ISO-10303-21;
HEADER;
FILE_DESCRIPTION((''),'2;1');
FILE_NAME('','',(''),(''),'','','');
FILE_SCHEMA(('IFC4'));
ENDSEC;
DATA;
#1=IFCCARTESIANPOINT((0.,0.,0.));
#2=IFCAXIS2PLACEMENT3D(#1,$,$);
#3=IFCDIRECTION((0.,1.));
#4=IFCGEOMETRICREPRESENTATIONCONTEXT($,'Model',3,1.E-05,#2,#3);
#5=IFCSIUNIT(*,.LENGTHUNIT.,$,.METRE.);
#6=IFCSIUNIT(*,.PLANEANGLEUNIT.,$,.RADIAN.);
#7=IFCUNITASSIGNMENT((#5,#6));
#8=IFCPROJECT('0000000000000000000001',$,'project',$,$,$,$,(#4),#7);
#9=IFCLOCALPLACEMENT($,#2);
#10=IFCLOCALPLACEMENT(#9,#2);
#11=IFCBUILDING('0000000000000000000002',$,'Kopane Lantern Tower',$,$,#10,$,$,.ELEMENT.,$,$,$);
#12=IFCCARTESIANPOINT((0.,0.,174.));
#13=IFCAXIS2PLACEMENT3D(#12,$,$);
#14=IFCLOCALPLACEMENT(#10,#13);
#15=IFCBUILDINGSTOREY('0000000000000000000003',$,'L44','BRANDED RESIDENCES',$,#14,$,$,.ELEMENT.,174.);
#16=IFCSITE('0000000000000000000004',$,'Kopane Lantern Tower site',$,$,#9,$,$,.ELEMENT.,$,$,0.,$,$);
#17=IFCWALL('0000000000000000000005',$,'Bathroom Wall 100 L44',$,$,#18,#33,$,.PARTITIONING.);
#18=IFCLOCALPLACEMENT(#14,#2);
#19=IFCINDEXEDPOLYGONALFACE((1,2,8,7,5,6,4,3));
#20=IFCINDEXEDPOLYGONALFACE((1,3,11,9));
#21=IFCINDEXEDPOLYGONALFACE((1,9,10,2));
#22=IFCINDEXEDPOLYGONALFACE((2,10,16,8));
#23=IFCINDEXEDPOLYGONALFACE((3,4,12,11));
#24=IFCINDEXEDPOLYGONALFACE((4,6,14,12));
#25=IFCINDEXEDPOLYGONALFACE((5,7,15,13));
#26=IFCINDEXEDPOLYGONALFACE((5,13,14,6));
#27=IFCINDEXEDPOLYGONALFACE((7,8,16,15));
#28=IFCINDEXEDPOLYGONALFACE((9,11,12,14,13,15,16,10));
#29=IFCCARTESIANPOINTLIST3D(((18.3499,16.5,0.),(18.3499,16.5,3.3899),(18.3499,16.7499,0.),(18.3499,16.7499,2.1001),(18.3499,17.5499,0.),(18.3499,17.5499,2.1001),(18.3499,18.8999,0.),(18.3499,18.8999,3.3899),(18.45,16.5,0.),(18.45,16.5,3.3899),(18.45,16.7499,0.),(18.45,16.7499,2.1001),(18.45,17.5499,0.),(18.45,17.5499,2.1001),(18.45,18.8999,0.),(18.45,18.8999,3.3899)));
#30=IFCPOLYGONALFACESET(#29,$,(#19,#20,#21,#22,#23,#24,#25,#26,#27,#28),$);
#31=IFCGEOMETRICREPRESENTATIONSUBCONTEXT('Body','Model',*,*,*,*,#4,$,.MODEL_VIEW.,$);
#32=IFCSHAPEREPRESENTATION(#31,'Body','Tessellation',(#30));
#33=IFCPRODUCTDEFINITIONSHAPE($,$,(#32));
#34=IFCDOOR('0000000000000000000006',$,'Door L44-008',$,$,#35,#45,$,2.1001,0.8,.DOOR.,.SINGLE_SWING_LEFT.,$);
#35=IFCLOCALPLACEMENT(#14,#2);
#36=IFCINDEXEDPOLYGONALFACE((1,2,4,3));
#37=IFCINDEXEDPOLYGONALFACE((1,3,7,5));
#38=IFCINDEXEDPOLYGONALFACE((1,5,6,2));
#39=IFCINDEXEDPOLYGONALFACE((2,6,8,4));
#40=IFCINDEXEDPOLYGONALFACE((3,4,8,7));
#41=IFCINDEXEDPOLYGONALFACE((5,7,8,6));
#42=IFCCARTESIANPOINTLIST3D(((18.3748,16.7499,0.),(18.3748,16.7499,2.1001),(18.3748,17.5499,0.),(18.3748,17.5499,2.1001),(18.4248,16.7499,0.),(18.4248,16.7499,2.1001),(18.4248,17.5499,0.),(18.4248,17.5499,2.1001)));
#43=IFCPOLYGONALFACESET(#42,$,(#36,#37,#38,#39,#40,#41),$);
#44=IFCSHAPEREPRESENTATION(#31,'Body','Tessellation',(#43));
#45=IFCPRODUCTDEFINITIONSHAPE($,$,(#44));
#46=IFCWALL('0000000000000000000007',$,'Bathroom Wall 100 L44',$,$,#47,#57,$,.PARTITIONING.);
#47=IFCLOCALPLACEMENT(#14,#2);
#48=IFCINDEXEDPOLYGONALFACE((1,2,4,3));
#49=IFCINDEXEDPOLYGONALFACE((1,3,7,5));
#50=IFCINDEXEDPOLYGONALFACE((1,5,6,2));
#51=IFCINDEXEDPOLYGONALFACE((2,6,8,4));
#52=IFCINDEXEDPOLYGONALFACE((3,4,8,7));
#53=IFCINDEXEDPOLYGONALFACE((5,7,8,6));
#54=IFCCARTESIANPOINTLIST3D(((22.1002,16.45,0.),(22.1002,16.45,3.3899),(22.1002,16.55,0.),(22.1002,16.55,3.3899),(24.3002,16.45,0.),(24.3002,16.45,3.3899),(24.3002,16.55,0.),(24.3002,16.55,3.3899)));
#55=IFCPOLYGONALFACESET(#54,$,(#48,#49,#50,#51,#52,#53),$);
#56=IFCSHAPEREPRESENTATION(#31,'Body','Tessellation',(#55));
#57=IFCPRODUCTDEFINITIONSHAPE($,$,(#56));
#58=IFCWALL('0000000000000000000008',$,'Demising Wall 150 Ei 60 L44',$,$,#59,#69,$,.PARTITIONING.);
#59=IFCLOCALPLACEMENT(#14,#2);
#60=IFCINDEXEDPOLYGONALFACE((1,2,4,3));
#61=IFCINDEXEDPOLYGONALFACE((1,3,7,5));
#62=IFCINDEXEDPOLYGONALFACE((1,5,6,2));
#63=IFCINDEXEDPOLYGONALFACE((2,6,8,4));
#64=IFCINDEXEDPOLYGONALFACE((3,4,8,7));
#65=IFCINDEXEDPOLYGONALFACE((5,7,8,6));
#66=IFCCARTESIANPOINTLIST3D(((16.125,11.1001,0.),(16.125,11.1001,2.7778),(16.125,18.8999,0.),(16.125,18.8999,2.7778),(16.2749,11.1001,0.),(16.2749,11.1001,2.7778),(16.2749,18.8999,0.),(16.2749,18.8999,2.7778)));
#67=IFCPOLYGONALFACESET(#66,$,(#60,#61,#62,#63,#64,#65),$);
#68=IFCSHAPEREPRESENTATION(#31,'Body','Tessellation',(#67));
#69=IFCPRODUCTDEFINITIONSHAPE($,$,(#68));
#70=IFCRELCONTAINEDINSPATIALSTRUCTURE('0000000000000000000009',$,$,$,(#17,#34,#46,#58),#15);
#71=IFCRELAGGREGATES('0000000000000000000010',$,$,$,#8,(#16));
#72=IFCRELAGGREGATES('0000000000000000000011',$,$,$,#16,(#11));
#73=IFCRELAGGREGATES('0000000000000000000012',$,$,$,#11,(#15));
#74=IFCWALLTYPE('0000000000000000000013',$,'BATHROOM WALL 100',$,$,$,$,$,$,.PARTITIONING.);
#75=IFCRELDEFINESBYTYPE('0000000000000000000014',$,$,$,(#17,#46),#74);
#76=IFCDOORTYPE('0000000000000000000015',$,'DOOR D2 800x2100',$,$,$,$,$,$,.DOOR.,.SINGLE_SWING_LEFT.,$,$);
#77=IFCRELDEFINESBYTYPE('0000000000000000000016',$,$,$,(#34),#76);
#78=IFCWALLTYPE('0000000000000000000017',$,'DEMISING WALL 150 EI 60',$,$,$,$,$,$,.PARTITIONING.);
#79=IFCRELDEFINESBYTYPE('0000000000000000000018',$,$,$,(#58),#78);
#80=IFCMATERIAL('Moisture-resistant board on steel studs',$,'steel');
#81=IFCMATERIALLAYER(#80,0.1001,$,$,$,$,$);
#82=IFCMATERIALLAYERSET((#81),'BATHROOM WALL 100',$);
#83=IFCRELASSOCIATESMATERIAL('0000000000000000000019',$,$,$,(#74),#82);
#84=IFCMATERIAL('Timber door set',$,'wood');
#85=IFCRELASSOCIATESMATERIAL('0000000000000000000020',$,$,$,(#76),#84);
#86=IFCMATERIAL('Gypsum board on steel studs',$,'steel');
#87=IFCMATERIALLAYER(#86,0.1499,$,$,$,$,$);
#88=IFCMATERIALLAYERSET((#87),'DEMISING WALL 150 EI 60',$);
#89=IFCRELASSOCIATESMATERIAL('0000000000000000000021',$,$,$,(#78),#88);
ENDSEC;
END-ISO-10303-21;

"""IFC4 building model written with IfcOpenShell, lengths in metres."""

from ifc_helpers import new_model, si_unit, direction, frame, frame_2d, origin, place, context, subcontext, project, spatial, rectangle, extrude, material, layer, layer_set, type_object, element, fill, save


model = new_model("IFC4")

# Units and contexts
model_context = context("Model", 3, precision=1e-05, world=origin(), true_north=direction((0.0, 1.0)))
body_context = subcontext(model_context, "Body", "Model", "MODEL_VIEW")
ifc_project = project(units=[si_unit("LENGTHUNIT", "METRE"), si_unit("PLANEANGLEUNIT", "RADIAN")], contexts=[model_context])

# Site, building, storey
site_placement = place(None, origin())
site = spatial("IfcSite", under=ifc_project, at=site_placement, Name="Kopane Lantern Tower site", CompositionType="ELEMENT", RefElevation=0.0)
building_placement = place(site_placement, origin())
building = spatial("IfcBuilding", under=site, at=building_placement, Name="Kopane Lantern Tower", CompositionType="ELEMENT")
storey_placement = place(building_placement, frame((0.0, 0.0, 174.0)))
storey = spatial("IfcBuildingStorey", under=building, at=storey_placement, Name="L44", Description="BRANDED RESIDENCES", CompositionType="ELEMENT", Elevation=174.0)

# Shared definitions
ifc_material_1 = material(Name="Moisture-resistant board on steel studs", Category="steel")
ifc_layer_1 = layer(ifc_material_1, 0.1001)
ifc_layer_set_1 = layer_set([ifc_layer_1], Name="BATHROOM WALL 100")
wall_type_1 = type_object("IfcWallType", Name="BATHROOM WALL 100", PredefinedType="PARTITIONING", material=ifc_layer_set_1)

# Wall, opening, door
wall_1_placement = place(storey_placement, frame((18.3999, 18.8999, 0.0), z_axis=(0.0, 0.0, 1.0), x_axis=(0.0, -1.0, 0.0)))
wall_1 = element("IfcWall", 1, at=wall_1_placement, inside=storey, type_object=wall_type_1, Name="Bathroom Wall 100 L44", PredefinedType="PARTITIONING", context=body_context, shape_type="SweptSolid", body=[
    extrude(rectangle(XDim=2.3999, YDim=0.1001, at=frame_2d((1.2, 0.0))), origin(), (0.0, 0.0, 1.0), 3.3899),
])
opening_1_placement = place(wall_1_placement, frame((1.3501, 0.0, 0.0)))
opening_1 = element("IfcOpeningElement", 2, at=opening_1_placement, cuts=wall_1, PredefinedType="OPENING", context=body_context, shape_type="SweptSolid", body=[
    extrude(rectangle(XDim=0.8, YDim=2.1001, at=frame_2d((0.3999, 1.05))), frame((0.0, 0.0601, 0.0), z_axis=(0.0, -1.0, 0.0), x_axis=(1.0, 0.0, 0.0)), (0.0, 0.0, 1.0), 0.1201),
])
ifc_material_2 = material(Name="Timber door set", Category="wood")
door_type_1 = type_object("IfcDoorType", Name="DOOR D2 800x2100", OperationType="SINGLE_SWING_LEFT", PredefinedType="DOOR", material=ifc_material_2)
door_1_placement = place(opening_1_placement, origin())
door_1 = element("IfcDoor", 3, at=door_1_placement, inside=storey, type_object=door_type_1, Name="Door L44-008", OperationType="SINGLE_SWING_LEFT", OverallHeight=2.1001, OverallWidth=0.8, PredefinedType="DOOR", context=body_context, shape_type="SweptSolid", body=[
    extrude(rectangle(XDim=0.8, YDim=2.1001, at=frame_2d((0.3999, 1.05))), frame((0.0, 0.0249, 0.0), z_axis=(0.0, -1.0, 0.0), x_axis=(1.0, 0.0, 0.0)), (0.0, 0.0, 1.0), 0.05),
])
fill(opening_1, door_1)

# Walls
wall_2_placement = place(storey_placement, frame((22.1001, 16.5, 0.0), z_axis=(0.0, 0.0, 1.0), x_axis=(1.0, 0.0, 0.0)))
element("IfcWall", 4, at=wall_2_placement, inside=storey, type_object=wall_type_1, Name="Bathroom Wall 100 L44", PredefinedType="PARTITIONING", context=body_context, shape_type="SweptSolid", body=[
    extrude(rectangle(XDim=2.2, YDim=0.1001, at=frame_2d((1.1001, 0.0))), origin(), (0.0, 0.0, 1.0), 3.3899),
])
ifc_material_3 = material(Name="Gypsum board on steel studs", Category="steel")
ifc_layer_2 = layer(ifc_material_3, 0.1499)
ifc_layer_set_2 = layer_set([ifc_layer_2], Name="DEMISING WALL 150 EI 60")
wall_type_2 = type_object("IfcWallType", Name="DEMISING WALL 150 EI 60", PredefinedType="PARTITIONING", material=ifc_layer_set_2)
wall_3_placement = place(storey_placement, frame((16.2, 18.8999, 0.0), z_axis=(0.0, 0.0, 1.0), x_axis=(0.0, -1.0, 0.0)))
element("IfcWall", 5, at=wall_3_placement, inside=storey, type_object=wall_type_2, Name="Demising Wall 150 Ei 60 L44", PredefinedType="PARTITIONING", context=body_context, shape_type="SweptSolid", body=[
    extrude(rectangle(XDim=7.7998, YDim=0.1499, at=frame_2d((3.8999, 0.0))), origin(), (0.0, 0.0, 1.0), 2.7778),
])

save(model, "model.ifc")
